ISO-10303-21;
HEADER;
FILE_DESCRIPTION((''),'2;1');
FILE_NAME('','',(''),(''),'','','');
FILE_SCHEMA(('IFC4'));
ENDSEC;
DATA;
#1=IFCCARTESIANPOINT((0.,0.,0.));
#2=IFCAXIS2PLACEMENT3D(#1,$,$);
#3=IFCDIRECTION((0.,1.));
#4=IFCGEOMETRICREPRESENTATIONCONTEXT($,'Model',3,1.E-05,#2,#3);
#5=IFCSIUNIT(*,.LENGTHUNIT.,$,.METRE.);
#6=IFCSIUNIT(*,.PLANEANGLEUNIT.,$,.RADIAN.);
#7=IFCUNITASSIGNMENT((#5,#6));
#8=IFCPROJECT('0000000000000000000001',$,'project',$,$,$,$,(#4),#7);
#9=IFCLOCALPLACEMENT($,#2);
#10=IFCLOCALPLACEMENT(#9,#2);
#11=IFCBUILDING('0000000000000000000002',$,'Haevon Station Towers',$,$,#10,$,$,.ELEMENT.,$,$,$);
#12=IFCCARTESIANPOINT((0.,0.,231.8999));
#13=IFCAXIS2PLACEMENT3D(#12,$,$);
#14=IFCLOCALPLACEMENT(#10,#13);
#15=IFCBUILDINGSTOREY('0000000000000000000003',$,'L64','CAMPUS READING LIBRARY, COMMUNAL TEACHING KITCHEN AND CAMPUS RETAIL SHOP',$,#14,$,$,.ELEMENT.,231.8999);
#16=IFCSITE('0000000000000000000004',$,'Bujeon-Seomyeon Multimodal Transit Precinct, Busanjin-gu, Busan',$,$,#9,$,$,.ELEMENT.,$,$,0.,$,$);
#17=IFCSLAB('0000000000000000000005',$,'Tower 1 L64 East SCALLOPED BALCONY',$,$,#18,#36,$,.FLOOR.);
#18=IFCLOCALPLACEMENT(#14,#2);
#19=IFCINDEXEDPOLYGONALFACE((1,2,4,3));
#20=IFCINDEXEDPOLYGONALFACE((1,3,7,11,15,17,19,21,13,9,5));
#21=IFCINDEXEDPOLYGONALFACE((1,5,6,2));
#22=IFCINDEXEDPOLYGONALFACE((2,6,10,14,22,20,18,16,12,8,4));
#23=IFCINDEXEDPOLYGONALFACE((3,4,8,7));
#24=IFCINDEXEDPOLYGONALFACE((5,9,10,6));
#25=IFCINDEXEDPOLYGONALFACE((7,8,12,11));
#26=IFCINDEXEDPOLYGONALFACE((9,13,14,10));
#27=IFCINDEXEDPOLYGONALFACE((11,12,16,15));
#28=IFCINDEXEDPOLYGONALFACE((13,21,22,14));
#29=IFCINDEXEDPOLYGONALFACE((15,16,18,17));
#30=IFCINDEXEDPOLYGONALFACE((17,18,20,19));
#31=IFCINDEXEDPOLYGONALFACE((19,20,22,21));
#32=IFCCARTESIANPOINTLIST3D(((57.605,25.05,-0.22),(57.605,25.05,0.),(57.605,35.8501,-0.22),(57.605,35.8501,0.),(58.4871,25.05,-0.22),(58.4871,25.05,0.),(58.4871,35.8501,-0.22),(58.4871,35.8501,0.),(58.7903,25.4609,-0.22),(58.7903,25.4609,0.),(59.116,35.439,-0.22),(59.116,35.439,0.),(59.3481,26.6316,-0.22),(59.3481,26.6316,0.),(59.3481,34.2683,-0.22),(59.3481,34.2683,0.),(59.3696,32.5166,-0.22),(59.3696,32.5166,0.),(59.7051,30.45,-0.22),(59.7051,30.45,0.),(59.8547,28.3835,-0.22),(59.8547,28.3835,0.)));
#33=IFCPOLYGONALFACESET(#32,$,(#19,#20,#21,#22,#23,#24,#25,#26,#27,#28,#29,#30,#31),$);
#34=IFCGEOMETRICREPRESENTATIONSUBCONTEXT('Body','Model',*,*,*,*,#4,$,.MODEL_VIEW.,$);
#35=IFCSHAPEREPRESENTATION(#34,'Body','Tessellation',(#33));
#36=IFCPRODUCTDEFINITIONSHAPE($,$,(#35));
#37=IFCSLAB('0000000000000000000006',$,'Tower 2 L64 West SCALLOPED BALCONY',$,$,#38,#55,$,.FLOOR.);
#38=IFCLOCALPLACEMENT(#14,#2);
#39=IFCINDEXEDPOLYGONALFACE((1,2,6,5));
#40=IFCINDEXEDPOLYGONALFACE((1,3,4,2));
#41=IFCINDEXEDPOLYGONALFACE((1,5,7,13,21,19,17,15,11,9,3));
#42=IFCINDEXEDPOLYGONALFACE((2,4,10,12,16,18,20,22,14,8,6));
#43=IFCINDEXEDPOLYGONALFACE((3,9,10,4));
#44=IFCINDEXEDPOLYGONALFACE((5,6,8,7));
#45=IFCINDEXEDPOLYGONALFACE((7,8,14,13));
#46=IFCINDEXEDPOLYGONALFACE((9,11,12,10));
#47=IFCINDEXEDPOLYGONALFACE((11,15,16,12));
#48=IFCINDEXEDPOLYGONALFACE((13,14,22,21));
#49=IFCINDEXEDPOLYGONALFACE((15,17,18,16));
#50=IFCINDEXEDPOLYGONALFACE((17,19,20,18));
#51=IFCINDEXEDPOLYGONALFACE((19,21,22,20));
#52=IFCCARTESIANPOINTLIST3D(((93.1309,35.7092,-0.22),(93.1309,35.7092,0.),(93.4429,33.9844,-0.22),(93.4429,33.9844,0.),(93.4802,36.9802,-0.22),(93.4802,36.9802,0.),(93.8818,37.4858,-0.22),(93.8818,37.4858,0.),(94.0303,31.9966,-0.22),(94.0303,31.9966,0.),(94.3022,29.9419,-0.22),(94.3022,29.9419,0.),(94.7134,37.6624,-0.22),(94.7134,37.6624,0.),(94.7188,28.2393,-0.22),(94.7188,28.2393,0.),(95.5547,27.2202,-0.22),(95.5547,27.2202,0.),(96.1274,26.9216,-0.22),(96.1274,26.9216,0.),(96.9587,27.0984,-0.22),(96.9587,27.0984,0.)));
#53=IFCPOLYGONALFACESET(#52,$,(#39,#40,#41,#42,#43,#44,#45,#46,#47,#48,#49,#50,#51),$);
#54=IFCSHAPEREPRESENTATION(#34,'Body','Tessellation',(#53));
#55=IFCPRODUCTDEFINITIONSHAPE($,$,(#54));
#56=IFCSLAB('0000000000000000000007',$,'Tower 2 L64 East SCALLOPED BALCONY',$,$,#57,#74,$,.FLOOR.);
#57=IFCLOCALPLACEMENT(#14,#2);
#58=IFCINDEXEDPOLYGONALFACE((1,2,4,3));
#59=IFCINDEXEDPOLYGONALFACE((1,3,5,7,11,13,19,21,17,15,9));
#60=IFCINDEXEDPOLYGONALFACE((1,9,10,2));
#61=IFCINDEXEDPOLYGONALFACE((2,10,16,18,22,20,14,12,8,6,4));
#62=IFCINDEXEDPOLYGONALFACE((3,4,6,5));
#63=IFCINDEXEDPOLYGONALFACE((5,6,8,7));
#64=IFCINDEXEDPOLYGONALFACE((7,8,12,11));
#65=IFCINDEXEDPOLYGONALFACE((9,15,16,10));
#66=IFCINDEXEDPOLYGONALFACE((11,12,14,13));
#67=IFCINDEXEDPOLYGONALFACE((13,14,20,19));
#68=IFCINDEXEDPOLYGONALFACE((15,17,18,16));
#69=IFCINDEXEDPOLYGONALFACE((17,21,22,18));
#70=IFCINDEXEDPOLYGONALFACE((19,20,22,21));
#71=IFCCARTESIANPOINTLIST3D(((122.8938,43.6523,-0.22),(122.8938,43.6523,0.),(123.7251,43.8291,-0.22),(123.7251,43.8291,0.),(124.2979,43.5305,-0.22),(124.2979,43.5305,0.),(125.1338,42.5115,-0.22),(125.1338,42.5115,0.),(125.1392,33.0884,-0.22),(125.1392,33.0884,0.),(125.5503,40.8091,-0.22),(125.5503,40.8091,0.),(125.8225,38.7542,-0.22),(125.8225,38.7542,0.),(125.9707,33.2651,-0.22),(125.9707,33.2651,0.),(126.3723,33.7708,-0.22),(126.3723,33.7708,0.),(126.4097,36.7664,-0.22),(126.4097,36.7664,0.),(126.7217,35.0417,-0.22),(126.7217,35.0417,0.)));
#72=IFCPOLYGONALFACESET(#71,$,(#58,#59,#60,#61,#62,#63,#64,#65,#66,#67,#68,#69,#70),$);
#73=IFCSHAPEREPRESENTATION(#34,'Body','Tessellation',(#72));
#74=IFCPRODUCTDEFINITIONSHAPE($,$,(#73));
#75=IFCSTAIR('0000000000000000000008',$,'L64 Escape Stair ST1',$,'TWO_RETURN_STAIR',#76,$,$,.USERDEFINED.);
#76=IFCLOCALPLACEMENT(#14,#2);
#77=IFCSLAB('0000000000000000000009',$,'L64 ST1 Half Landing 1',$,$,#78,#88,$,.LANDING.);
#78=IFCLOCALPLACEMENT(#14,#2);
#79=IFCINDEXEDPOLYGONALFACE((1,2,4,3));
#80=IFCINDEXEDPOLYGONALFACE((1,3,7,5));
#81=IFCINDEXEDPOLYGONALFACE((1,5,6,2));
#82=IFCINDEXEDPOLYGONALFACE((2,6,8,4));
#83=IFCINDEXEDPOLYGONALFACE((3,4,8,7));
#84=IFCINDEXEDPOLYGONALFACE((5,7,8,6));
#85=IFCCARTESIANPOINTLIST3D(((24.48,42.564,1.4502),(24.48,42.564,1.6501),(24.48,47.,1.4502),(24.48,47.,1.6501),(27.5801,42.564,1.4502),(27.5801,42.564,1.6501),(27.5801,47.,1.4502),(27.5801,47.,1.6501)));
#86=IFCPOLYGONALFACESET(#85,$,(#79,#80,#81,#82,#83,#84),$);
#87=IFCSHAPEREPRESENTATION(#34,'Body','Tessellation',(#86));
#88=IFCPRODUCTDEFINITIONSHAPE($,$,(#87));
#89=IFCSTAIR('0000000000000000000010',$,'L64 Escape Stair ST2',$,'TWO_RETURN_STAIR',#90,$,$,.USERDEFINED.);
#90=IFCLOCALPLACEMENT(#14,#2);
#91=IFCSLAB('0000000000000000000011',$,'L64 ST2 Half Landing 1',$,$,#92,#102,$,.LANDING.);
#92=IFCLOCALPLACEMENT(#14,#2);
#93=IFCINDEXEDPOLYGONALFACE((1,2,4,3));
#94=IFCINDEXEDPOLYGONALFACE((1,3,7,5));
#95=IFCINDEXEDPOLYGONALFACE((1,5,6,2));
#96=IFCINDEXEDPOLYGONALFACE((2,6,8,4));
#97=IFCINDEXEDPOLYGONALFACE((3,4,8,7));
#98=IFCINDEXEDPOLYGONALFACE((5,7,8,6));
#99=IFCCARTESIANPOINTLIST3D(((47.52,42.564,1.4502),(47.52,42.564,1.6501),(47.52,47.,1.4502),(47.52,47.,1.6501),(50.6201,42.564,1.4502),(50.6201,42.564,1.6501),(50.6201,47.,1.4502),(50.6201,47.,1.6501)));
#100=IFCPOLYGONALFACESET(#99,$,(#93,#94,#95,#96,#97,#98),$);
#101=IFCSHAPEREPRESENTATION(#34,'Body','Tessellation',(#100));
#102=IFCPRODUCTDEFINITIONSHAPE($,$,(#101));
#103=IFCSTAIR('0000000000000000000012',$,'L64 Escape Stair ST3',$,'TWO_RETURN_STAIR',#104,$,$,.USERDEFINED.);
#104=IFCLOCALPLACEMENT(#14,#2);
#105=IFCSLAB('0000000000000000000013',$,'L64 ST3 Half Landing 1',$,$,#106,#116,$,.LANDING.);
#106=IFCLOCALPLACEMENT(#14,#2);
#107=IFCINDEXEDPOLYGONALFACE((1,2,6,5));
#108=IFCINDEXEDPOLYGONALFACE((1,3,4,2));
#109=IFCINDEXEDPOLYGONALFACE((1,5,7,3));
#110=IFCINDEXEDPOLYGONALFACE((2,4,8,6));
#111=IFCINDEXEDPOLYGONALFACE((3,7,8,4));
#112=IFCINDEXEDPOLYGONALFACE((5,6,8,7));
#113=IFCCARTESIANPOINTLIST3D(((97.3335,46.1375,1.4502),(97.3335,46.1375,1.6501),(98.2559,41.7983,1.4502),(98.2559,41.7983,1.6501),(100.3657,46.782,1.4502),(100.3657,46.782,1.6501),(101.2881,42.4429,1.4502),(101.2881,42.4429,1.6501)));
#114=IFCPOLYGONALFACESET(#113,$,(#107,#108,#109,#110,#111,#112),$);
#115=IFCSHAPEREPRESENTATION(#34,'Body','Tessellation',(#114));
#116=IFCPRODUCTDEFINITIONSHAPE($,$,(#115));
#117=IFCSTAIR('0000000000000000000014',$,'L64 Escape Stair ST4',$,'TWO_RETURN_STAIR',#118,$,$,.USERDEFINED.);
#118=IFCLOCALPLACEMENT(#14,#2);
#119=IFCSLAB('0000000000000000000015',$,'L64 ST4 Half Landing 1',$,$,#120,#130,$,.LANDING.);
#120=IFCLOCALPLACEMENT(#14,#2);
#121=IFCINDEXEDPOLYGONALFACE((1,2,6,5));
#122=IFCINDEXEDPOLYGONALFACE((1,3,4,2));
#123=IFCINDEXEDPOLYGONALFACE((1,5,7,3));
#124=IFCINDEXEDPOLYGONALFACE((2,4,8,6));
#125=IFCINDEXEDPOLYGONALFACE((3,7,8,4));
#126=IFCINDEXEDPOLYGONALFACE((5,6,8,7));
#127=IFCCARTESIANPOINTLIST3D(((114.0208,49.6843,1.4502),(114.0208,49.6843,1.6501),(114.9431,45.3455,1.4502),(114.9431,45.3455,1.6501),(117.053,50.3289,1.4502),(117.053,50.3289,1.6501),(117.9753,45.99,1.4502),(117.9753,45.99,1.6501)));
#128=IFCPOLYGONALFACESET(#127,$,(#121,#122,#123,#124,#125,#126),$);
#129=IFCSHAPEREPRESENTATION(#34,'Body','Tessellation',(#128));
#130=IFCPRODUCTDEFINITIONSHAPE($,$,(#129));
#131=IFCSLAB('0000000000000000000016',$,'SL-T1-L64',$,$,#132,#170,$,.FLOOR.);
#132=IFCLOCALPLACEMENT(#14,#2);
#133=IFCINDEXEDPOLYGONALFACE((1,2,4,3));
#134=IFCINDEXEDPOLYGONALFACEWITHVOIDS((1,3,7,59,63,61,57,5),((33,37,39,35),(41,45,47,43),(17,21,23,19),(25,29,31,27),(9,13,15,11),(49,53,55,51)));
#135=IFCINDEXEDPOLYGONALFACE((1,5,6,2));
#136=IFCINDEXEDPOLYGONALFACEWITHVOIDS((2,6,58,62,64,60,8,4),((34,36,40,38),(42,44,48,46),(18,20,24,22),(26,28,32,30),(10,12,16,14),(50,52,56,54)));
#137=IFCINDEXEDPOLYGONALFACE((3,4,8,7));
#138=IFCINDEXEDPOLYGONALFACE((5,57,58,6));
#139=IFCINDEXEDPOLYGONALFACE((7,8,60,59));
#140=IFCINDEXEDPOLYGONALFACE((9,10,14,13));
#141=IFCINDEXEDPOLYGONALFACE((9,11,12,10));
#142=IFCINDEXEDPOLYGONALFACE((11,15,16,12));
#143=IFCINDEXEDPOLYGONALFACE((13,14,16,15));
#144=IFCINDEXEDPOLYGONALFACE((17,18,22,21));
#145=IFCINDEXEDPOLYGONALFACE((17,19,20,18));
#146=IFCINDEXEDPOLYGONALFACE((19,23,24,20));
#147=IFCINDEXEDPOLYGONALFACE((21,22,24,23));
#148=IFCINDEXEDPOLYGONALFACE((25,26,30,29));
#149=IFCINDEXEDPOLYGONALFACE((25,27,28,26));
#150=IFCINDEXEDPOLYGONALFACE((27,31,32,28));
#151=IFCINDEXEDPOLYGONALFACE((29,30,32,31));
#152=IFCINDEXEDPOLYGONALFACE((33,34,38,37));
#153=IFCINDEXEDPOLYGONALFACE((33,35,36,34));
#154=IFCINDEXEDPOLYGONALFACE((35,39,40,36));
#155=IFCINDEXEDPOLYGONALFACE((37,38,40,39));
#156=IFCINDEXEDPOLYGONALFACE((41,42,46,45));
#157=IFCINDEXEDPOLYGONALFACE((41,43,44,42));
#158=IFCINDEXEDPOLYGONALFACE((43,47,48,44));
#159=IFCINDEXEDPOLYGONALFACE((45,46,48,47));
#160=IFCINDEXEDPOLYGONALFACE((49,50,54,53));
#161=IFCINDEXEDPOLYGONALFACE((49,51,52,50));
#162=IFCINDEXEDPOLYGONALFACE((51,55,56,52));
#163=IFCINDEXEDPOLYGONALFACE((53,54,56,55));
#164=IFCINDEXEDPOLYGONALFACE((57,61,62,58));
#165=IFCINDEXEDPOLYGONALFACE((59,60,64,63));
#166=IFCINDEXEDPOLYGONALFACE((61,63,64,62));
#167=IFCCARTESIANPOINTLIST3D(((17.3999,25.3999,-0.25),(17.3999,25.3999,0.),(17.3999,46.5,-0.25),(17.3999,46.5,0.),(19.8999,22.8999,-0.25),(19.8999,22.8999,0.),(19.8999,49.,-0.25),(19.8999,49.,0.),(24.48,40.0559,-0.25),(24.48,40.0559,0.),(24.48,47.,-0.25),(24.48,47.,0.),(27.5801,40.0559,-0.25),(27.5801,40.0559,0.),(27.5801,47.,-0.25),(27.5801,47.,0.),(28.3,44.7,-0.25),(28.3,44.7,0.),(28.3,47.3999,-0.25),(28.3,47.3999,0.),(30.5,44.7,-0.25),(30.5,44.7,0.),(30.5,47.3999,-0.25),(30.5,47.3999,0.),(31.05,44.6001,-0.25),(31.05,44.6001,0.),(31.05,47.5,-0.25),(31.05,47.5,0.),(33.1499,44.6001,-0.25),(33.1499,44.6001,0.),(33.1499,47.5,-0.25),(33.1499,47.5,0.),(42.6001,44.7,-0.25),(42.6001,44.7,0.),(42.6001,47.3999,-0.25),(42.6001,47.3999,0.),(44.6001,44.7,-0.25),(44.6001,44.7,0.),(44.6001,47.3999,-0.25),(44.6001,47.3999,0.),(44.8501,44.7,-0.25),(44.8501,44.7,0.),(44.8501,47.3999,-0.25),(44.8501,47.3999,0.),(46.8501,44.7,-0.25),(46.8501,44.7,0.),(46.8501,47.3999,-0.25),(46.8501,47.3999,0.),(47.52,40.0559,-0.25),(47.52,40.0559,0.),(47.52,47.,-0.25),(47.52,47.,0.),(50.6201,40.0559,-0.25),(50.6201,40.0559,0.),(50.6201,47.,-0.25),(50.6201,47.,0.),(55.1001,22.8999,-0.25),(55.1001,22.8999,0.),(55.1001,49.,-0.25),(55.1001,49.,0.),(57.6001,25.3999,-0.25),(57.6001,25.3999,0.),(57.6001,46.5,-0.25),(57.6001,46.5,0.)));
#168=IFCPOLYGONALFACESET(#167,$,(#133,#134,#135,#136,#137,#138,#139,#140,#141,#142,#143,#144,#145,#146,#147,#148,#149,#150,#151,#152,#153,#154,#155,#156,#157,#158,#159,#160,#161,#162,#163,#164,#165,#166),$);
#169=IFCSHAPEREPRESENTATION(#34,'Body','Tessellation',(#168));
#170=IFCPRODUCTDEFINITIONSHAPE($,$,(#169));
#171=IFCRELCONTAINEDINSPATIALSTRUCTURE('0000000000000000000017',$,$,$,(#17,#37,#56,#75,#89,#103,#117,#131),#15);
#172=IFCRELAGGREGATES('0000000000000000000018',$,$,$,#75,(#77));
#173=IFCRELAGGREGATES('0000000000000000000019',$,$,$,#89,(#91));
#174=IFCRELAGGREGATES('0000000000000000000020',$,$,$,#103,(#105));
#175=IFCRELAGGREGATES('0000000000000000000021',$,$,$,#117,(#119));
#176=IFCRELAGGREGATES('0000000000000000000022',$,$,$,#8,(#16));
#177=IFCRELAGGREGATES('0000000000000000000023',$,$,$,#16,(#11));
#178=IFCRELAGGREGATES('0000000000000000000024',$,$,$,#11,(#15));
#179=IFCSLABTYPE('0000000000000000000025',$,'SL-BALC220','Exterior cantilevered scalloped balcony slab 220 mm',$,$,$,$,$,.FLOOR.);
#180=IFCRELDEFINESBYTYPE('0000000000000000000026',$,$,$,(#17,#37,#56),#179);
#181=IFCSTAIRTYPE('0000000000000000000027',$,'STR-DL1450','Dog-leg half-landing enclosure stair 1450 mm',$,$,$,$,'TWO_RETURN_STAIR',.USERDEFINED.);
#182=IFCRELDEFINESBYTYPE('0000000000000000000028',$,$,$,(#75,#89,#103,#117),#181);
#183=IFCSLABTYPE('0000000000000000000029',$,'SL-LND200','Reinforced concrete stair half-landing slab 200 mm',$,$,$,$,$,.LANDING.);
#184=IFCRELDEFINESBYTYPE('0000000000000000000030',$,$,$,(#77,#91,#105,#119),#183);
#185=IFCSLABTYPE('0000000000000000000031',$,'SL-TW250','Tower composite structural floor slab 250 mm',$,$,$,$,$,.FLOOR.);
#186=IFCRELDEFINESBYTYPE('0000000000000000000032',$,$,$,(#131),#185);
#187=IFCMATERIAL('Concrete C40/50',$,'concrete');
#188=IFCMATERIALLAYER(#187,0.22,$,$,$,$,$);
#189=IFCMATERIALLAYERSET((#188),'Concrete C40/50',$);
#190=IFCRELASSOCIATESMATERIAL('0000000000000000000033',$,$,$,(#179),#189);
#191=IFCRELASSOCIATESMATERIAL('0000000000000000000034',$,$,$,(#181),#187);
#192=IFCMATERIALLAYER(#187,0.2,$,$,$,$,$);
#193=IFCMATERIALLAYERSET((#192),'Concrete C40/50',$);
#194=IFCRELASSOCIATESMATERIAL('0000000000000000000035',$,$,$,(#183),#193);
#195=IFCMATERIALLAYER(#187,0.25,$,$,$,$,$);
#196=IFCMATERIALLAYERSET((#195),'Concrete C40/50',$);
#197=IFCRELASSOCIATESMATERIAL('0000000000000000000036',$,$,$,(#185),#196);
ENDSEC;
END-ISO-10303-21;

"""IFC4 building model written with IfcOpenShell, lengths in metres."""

from ifc_helpers import new_model, si_unit, direction, frame, origin, place, context, subcontext, project, spatial, polyline, outline, extrude, material, layer, layer_set, type_object, element, aggregate, save


model = new_model("IFC4")

# Units and contexts
model_context = context("Model", 3, precision=1e-05, world=origin(), true_north=direction((0.0, 1.0)))
body_context = subcontext(model_context, "Body", "Model", "MODEL_VIEW")
ifc_project = project(units=[si_unit("LENGTHUNIT", "METRE"), si_unit("PLANEANGLEUNIT", "RADIAN")], contexts=[model_context])

# Site, building, storey
site_placement = place(None, origin())
site = spatial("IfcSite", under=ifc_project, at=site_placement, Name="Bujeon-Seomyeon Multimodal Transit Precinct, Busanjin-gu, Busan", CompositionType="ELEMENT", RefElevation=0.0)
building_placement = place(site_placement, origin())
building = spatial("IfcBuilding", under=site, at=building_placement, Name="Haevon Station Towers", CompositionType="ELEMENT")
storey_placement = place(building_placement, frame((0.0, 0.0, 231.8999)))
storey = spatial("IfcBuildingStorey", under=building, at=storey_placement, Name="L64", Description="CAMPUS READING LIBRARY, COMMUNAL TEACHING KITCHEN AND CAMPUS RETAIL SHOP", CompositionType="ELEMENT", Elevation=231.8999)

# Slabs
ifc_material_1 = material(Name="Concrete C40/50", Category="concrete")
ifc_layer_1 = layer(ifc_material_1, 0.22)
ifc_layer_set_1 = layer_set([ifc_layer_1], Name="Concrete C40/50")
slab_type_1 = type_object("IfcSlabType", Name="SL-BALC220", Description="Exterior cantilevered scalloped balcony slab 220 mm", PredefinedType="FLOOR", material=ifc_layer_set_1)
slab_1_placement = place(storey_placement, frame((0.0, 0.0, -0.22)))
element("IfcSlab", 1, at=slab_1_placement, inside=storey, type_object=slab_type_1, Name="Tower 1 L64 East SCALLOPED BALCONY", PredefinedType="FLOOR", context=body_context, shape_type="SweptSolid", body=[
    extrude(outline(polyline([(57.605, 25.05), (58.4871, 25.05), (58.7903, 25.4609), (59.3481, 26.6316), (59.8547, 28.3835), (59.7051, 30.45), (59.3696, 32.5166), (59.3481, 34.2683), (59.116, 35.439), (58.4871, 35.8501), (57.605, 35.8501), (57.605, 25.05)])), origin(), (0.0, 0.0, 1.0), 0.22),
])
slab_2_placement = place(storey_placement, frame((0.0, 0.0, -0.22)))
element("IfcSlab", 2, at=slab_2_placement, inside=storey, type_object=slab_type_1, Name="Tower 2 L64 West SCALLOPED BALCONY", PredefinedType="FLOOR", context=body_context, shape_type="SweptSolid", body=[
    extrude(outline(polyline([(94.7134, 37.6624), (93.8818, 37.4858), (93.4802, 36.9802), (93.1309, 35.7092), (93.4429, 33.9844), (94.0303, 31.9966), (94.3022, 29.9419), (94.7188, 28.2393), (95.5547, 27.2202), (96.1274, 26.9216), (96.9587, 27.0984), (94.7134, 37.6624)])), origin(), (0.0, 0.0, 1.0), 0.22),
])
slab_3_placement = place(storey_placement, frame((0.0, 0.0, -0.22)))
element("IfcSlab", 3, at=slab_3_placement, inside=storey, type_object=slab_type_1, Name="Tower 2 L64 East SCALLOPED BALCONY", PredefinedType="FLOOR", context=body_context, shape_type="SweptSolid", body=[
    extrude(outline(polyline([(125.1392, 33.0884), (125.9707, 33.2651), (126.3723, 33.7708), (126.7217, 35.0417), (126.4097, 36.7664), (125.8225, 38.7542), (125.5503, 40.8091), (125.1338, 42.5115), (124.2979, 43.5305), (123.7251, 43.8291), (122.8938, 43.6523), (125.1392, 33.0884)])), origin(), (0.0, 0.0, 1.0), 0.22),
])

# Stairs, slabs
stair_type = type_object("IfcStairType", Name="STR-DL1450", Description="Dog-leg half-landing enclosure stair 1450 mm", ElementType="TWO_RETURN_STAIR", PredefinedType="USERDEFINED", material=ifc_material_1)
stair_1_placement = place(storey_placement, origin())
stair_1 = element("IfcStair", 4, at=stair_1_placement, inside=storey, type_object=stair_type, Name="L64 Escape Stair ST1", ObjectType="TWO_RETURN_STAIR", PredefinedType="USERDEFINED")
ifc_layer_2 = layer(ifc_material_1, 0.2)
ifc_layer_set_2 = layer_set([ifc_layer_2], Name="Concrete C40/50")
slab_type_2 = type_object("IfcSlabType", Name="SL-LND200", Description="Reinforced concrete stair half-landing slab 200 mm", PredefinedType="LANDING", material=ifc_layer_set_2)
slab_4_placement = place(storey_placement, frame((0.0, 0.0, 1.4502)))
slab_4 = element("IfcSlab", 5, at=slab_4_placement, type_object=slab_type_2, Name="L64 ST1 Half Landing 1", PredefinedType="LANDING", context=body_context, shape_type="SweptSolid", body=[
    extrude(outline(polyline([(27.5801, 42.564), (27.5801, 47.0), (24.48, 47.0), (24.48, 42.564), (27.5801, 42.564)])), origin(), (0.0, 0.0, 1.0), 0.2),
])
aggregate(stair_1, [slab_4])
stair_2_placement = place(storey_placement, origin())
stair_2 = element("IfcStair", 6, at=stair_2_placement, inside=storey, type_object=stair_type, Name="L64 Escape Stair ST2", ObjectType="TWO_RETURN_STAIR", PredefinedType="USERDEFINED")
slab_5_placement = place(storey_placement, frame((0.0, 0.0, 1.4502)))
slab_5 = element("IfcSlab", 7, at=slab_5_placement, type_object=slab_type_2, Name="L64 ST2 Half Landing 1", PredefinedType="LANDING", context=body_context, shape_type="SweptSolid", body=[
    extrude(outline(polyline([(50.6201, 42.564), (50.6201, 47.0), (47.52, 47.0), (47.52, 42.564), (50.6201, 42.564)])), origin(), (0.0, 0.0, 1.0), 0.2),
])
aggregate(stair_2, [slab_5])
stair_3_placement = place(storey_placement, origin())
stair_3 = element("IfcStair", 8, at=stair_3_placement, inside=storey, type_object=stair_type, Name="L64 Escape Stair ST3", ObjectType="TWO_RETURN_STAIR", PredefinedType="USERDEFINED")
slab_6_placement = place(storey_placement, frame((0.0, 0.0, 1.4502)))
slab_6 = element("IfcSlab", 9, at=slab_6_placement, type_object=slab_type_2, Name="L64 ST3 Half Landing 1", PredefinedType="LANDING", context=body_context, shape_type="SweptSolid", body=[
    extrude(outline(polyline([(101.2881, 42.4429), (100.3657, 46.782), (97.3335, 46.1375), (98.2559, 41.7983), (101.2881, 42.4429)])), origin(), (0.0, 0.0, 1.0), 0.2),
])
aggregate(stair_3, [slab_6])
stair_4_placement = place(storey_placement, origin())
stair_4 = element("IfcStair", 10, at=stair_4_placement, inside=storey, type_object=stair_type, Name="L64 Escape Stair ST4", ObjectType="TWO_RETURN_STAIR", PredefinedType="USERDEFINED")
slab_7_placement = place(storey_placement, frame((0.0, 0.0, 1.4502)))
slab_7 = element("IfcSlab", 11, at=slab_7_placement, type_object=slab_type_2, Name="L64 ST4 Half Landing 1", PredefinedType="LANDING", context=body_context, shape_type="SweptSolid", body=[
    extrude(outline(polyline([(117.9753, 45.99), (117.053, 50.3289), (114.0208, 49.6843), (114.9431, 45.3455), (117.9753, 45.99)])), origin(), (0.0, 0.0, 1.0), 0.2),
])
aggregate(stair_4, [slab_7])

# Slab
ifc_layer_3 = layer(ifc_material_1, 0.25)
ifc_layer_set_3 = layer_set([ifc_layer_3], Name="Concrete C40/50")
slab_type_3 = type_object("IfcSlabType", Name="SL-TW250", Description="Tower composite structural floor slab 250 mm", PredefinedType="FLOOR", material=ifc_layer_set_3)
slab_8_placement = place(storey_placement, frame((0.0, 0.0, -0.25)))
element("IfcSlab", 12, at=slab_8_placement, inside=storey, type_object=slab_type_3, Name="SL-T1-L64", PredefinedType="FLOOR", context=body_context, shape_type="SweptSolid", body=[
    extrude(outline(polyline([(19.8999, 22.8999), (55.1001, 22.8999), (57.6001, 25.3999), (57.6001, 46.5), (55.1001, 49.0), (19.8999, 49.0), (17.3999, 46.5), (17.3999, 25.3999), (19.8999, 22.8999)]), holes=[polyline([(27.5801, 40.0559), (27.5801, 47.0), (24.48, 47.0), (24.48, 40.0559), (27.5801, 40.0559)]), polyline([(50.6201, 40.0559), (50.6201, 47.0), (47.52, 47.0), (47.52, 40.0559), (50.6201, 40.0559)]), polyline([(28.3, 44.7), (30.5, 44.7), (30.5, 47.3999), (28.3, 47.3999), (28.3, 44.7)]), polyline([(31.05, 44.6001), (33.1499, 44.6001), (33.1499, 47.5), (31.05, 47.5), (31.05, 44.6001)]), polyline([(42.6001, 44.7), (44.6001, 44.7), (44.6001, 47.3999), (42.6001, 47.3999), (42.6001, 44.7)]), polyline([(44.8501, 44.7), (46.8501, 44.7), (46.8501, 47.3999), (44.8501, 47.3999), (44.8501, 44.7)])]), origin(), (0.0, 0.0, 1.0), 0.25),
])

save(model, "model.ifc")
